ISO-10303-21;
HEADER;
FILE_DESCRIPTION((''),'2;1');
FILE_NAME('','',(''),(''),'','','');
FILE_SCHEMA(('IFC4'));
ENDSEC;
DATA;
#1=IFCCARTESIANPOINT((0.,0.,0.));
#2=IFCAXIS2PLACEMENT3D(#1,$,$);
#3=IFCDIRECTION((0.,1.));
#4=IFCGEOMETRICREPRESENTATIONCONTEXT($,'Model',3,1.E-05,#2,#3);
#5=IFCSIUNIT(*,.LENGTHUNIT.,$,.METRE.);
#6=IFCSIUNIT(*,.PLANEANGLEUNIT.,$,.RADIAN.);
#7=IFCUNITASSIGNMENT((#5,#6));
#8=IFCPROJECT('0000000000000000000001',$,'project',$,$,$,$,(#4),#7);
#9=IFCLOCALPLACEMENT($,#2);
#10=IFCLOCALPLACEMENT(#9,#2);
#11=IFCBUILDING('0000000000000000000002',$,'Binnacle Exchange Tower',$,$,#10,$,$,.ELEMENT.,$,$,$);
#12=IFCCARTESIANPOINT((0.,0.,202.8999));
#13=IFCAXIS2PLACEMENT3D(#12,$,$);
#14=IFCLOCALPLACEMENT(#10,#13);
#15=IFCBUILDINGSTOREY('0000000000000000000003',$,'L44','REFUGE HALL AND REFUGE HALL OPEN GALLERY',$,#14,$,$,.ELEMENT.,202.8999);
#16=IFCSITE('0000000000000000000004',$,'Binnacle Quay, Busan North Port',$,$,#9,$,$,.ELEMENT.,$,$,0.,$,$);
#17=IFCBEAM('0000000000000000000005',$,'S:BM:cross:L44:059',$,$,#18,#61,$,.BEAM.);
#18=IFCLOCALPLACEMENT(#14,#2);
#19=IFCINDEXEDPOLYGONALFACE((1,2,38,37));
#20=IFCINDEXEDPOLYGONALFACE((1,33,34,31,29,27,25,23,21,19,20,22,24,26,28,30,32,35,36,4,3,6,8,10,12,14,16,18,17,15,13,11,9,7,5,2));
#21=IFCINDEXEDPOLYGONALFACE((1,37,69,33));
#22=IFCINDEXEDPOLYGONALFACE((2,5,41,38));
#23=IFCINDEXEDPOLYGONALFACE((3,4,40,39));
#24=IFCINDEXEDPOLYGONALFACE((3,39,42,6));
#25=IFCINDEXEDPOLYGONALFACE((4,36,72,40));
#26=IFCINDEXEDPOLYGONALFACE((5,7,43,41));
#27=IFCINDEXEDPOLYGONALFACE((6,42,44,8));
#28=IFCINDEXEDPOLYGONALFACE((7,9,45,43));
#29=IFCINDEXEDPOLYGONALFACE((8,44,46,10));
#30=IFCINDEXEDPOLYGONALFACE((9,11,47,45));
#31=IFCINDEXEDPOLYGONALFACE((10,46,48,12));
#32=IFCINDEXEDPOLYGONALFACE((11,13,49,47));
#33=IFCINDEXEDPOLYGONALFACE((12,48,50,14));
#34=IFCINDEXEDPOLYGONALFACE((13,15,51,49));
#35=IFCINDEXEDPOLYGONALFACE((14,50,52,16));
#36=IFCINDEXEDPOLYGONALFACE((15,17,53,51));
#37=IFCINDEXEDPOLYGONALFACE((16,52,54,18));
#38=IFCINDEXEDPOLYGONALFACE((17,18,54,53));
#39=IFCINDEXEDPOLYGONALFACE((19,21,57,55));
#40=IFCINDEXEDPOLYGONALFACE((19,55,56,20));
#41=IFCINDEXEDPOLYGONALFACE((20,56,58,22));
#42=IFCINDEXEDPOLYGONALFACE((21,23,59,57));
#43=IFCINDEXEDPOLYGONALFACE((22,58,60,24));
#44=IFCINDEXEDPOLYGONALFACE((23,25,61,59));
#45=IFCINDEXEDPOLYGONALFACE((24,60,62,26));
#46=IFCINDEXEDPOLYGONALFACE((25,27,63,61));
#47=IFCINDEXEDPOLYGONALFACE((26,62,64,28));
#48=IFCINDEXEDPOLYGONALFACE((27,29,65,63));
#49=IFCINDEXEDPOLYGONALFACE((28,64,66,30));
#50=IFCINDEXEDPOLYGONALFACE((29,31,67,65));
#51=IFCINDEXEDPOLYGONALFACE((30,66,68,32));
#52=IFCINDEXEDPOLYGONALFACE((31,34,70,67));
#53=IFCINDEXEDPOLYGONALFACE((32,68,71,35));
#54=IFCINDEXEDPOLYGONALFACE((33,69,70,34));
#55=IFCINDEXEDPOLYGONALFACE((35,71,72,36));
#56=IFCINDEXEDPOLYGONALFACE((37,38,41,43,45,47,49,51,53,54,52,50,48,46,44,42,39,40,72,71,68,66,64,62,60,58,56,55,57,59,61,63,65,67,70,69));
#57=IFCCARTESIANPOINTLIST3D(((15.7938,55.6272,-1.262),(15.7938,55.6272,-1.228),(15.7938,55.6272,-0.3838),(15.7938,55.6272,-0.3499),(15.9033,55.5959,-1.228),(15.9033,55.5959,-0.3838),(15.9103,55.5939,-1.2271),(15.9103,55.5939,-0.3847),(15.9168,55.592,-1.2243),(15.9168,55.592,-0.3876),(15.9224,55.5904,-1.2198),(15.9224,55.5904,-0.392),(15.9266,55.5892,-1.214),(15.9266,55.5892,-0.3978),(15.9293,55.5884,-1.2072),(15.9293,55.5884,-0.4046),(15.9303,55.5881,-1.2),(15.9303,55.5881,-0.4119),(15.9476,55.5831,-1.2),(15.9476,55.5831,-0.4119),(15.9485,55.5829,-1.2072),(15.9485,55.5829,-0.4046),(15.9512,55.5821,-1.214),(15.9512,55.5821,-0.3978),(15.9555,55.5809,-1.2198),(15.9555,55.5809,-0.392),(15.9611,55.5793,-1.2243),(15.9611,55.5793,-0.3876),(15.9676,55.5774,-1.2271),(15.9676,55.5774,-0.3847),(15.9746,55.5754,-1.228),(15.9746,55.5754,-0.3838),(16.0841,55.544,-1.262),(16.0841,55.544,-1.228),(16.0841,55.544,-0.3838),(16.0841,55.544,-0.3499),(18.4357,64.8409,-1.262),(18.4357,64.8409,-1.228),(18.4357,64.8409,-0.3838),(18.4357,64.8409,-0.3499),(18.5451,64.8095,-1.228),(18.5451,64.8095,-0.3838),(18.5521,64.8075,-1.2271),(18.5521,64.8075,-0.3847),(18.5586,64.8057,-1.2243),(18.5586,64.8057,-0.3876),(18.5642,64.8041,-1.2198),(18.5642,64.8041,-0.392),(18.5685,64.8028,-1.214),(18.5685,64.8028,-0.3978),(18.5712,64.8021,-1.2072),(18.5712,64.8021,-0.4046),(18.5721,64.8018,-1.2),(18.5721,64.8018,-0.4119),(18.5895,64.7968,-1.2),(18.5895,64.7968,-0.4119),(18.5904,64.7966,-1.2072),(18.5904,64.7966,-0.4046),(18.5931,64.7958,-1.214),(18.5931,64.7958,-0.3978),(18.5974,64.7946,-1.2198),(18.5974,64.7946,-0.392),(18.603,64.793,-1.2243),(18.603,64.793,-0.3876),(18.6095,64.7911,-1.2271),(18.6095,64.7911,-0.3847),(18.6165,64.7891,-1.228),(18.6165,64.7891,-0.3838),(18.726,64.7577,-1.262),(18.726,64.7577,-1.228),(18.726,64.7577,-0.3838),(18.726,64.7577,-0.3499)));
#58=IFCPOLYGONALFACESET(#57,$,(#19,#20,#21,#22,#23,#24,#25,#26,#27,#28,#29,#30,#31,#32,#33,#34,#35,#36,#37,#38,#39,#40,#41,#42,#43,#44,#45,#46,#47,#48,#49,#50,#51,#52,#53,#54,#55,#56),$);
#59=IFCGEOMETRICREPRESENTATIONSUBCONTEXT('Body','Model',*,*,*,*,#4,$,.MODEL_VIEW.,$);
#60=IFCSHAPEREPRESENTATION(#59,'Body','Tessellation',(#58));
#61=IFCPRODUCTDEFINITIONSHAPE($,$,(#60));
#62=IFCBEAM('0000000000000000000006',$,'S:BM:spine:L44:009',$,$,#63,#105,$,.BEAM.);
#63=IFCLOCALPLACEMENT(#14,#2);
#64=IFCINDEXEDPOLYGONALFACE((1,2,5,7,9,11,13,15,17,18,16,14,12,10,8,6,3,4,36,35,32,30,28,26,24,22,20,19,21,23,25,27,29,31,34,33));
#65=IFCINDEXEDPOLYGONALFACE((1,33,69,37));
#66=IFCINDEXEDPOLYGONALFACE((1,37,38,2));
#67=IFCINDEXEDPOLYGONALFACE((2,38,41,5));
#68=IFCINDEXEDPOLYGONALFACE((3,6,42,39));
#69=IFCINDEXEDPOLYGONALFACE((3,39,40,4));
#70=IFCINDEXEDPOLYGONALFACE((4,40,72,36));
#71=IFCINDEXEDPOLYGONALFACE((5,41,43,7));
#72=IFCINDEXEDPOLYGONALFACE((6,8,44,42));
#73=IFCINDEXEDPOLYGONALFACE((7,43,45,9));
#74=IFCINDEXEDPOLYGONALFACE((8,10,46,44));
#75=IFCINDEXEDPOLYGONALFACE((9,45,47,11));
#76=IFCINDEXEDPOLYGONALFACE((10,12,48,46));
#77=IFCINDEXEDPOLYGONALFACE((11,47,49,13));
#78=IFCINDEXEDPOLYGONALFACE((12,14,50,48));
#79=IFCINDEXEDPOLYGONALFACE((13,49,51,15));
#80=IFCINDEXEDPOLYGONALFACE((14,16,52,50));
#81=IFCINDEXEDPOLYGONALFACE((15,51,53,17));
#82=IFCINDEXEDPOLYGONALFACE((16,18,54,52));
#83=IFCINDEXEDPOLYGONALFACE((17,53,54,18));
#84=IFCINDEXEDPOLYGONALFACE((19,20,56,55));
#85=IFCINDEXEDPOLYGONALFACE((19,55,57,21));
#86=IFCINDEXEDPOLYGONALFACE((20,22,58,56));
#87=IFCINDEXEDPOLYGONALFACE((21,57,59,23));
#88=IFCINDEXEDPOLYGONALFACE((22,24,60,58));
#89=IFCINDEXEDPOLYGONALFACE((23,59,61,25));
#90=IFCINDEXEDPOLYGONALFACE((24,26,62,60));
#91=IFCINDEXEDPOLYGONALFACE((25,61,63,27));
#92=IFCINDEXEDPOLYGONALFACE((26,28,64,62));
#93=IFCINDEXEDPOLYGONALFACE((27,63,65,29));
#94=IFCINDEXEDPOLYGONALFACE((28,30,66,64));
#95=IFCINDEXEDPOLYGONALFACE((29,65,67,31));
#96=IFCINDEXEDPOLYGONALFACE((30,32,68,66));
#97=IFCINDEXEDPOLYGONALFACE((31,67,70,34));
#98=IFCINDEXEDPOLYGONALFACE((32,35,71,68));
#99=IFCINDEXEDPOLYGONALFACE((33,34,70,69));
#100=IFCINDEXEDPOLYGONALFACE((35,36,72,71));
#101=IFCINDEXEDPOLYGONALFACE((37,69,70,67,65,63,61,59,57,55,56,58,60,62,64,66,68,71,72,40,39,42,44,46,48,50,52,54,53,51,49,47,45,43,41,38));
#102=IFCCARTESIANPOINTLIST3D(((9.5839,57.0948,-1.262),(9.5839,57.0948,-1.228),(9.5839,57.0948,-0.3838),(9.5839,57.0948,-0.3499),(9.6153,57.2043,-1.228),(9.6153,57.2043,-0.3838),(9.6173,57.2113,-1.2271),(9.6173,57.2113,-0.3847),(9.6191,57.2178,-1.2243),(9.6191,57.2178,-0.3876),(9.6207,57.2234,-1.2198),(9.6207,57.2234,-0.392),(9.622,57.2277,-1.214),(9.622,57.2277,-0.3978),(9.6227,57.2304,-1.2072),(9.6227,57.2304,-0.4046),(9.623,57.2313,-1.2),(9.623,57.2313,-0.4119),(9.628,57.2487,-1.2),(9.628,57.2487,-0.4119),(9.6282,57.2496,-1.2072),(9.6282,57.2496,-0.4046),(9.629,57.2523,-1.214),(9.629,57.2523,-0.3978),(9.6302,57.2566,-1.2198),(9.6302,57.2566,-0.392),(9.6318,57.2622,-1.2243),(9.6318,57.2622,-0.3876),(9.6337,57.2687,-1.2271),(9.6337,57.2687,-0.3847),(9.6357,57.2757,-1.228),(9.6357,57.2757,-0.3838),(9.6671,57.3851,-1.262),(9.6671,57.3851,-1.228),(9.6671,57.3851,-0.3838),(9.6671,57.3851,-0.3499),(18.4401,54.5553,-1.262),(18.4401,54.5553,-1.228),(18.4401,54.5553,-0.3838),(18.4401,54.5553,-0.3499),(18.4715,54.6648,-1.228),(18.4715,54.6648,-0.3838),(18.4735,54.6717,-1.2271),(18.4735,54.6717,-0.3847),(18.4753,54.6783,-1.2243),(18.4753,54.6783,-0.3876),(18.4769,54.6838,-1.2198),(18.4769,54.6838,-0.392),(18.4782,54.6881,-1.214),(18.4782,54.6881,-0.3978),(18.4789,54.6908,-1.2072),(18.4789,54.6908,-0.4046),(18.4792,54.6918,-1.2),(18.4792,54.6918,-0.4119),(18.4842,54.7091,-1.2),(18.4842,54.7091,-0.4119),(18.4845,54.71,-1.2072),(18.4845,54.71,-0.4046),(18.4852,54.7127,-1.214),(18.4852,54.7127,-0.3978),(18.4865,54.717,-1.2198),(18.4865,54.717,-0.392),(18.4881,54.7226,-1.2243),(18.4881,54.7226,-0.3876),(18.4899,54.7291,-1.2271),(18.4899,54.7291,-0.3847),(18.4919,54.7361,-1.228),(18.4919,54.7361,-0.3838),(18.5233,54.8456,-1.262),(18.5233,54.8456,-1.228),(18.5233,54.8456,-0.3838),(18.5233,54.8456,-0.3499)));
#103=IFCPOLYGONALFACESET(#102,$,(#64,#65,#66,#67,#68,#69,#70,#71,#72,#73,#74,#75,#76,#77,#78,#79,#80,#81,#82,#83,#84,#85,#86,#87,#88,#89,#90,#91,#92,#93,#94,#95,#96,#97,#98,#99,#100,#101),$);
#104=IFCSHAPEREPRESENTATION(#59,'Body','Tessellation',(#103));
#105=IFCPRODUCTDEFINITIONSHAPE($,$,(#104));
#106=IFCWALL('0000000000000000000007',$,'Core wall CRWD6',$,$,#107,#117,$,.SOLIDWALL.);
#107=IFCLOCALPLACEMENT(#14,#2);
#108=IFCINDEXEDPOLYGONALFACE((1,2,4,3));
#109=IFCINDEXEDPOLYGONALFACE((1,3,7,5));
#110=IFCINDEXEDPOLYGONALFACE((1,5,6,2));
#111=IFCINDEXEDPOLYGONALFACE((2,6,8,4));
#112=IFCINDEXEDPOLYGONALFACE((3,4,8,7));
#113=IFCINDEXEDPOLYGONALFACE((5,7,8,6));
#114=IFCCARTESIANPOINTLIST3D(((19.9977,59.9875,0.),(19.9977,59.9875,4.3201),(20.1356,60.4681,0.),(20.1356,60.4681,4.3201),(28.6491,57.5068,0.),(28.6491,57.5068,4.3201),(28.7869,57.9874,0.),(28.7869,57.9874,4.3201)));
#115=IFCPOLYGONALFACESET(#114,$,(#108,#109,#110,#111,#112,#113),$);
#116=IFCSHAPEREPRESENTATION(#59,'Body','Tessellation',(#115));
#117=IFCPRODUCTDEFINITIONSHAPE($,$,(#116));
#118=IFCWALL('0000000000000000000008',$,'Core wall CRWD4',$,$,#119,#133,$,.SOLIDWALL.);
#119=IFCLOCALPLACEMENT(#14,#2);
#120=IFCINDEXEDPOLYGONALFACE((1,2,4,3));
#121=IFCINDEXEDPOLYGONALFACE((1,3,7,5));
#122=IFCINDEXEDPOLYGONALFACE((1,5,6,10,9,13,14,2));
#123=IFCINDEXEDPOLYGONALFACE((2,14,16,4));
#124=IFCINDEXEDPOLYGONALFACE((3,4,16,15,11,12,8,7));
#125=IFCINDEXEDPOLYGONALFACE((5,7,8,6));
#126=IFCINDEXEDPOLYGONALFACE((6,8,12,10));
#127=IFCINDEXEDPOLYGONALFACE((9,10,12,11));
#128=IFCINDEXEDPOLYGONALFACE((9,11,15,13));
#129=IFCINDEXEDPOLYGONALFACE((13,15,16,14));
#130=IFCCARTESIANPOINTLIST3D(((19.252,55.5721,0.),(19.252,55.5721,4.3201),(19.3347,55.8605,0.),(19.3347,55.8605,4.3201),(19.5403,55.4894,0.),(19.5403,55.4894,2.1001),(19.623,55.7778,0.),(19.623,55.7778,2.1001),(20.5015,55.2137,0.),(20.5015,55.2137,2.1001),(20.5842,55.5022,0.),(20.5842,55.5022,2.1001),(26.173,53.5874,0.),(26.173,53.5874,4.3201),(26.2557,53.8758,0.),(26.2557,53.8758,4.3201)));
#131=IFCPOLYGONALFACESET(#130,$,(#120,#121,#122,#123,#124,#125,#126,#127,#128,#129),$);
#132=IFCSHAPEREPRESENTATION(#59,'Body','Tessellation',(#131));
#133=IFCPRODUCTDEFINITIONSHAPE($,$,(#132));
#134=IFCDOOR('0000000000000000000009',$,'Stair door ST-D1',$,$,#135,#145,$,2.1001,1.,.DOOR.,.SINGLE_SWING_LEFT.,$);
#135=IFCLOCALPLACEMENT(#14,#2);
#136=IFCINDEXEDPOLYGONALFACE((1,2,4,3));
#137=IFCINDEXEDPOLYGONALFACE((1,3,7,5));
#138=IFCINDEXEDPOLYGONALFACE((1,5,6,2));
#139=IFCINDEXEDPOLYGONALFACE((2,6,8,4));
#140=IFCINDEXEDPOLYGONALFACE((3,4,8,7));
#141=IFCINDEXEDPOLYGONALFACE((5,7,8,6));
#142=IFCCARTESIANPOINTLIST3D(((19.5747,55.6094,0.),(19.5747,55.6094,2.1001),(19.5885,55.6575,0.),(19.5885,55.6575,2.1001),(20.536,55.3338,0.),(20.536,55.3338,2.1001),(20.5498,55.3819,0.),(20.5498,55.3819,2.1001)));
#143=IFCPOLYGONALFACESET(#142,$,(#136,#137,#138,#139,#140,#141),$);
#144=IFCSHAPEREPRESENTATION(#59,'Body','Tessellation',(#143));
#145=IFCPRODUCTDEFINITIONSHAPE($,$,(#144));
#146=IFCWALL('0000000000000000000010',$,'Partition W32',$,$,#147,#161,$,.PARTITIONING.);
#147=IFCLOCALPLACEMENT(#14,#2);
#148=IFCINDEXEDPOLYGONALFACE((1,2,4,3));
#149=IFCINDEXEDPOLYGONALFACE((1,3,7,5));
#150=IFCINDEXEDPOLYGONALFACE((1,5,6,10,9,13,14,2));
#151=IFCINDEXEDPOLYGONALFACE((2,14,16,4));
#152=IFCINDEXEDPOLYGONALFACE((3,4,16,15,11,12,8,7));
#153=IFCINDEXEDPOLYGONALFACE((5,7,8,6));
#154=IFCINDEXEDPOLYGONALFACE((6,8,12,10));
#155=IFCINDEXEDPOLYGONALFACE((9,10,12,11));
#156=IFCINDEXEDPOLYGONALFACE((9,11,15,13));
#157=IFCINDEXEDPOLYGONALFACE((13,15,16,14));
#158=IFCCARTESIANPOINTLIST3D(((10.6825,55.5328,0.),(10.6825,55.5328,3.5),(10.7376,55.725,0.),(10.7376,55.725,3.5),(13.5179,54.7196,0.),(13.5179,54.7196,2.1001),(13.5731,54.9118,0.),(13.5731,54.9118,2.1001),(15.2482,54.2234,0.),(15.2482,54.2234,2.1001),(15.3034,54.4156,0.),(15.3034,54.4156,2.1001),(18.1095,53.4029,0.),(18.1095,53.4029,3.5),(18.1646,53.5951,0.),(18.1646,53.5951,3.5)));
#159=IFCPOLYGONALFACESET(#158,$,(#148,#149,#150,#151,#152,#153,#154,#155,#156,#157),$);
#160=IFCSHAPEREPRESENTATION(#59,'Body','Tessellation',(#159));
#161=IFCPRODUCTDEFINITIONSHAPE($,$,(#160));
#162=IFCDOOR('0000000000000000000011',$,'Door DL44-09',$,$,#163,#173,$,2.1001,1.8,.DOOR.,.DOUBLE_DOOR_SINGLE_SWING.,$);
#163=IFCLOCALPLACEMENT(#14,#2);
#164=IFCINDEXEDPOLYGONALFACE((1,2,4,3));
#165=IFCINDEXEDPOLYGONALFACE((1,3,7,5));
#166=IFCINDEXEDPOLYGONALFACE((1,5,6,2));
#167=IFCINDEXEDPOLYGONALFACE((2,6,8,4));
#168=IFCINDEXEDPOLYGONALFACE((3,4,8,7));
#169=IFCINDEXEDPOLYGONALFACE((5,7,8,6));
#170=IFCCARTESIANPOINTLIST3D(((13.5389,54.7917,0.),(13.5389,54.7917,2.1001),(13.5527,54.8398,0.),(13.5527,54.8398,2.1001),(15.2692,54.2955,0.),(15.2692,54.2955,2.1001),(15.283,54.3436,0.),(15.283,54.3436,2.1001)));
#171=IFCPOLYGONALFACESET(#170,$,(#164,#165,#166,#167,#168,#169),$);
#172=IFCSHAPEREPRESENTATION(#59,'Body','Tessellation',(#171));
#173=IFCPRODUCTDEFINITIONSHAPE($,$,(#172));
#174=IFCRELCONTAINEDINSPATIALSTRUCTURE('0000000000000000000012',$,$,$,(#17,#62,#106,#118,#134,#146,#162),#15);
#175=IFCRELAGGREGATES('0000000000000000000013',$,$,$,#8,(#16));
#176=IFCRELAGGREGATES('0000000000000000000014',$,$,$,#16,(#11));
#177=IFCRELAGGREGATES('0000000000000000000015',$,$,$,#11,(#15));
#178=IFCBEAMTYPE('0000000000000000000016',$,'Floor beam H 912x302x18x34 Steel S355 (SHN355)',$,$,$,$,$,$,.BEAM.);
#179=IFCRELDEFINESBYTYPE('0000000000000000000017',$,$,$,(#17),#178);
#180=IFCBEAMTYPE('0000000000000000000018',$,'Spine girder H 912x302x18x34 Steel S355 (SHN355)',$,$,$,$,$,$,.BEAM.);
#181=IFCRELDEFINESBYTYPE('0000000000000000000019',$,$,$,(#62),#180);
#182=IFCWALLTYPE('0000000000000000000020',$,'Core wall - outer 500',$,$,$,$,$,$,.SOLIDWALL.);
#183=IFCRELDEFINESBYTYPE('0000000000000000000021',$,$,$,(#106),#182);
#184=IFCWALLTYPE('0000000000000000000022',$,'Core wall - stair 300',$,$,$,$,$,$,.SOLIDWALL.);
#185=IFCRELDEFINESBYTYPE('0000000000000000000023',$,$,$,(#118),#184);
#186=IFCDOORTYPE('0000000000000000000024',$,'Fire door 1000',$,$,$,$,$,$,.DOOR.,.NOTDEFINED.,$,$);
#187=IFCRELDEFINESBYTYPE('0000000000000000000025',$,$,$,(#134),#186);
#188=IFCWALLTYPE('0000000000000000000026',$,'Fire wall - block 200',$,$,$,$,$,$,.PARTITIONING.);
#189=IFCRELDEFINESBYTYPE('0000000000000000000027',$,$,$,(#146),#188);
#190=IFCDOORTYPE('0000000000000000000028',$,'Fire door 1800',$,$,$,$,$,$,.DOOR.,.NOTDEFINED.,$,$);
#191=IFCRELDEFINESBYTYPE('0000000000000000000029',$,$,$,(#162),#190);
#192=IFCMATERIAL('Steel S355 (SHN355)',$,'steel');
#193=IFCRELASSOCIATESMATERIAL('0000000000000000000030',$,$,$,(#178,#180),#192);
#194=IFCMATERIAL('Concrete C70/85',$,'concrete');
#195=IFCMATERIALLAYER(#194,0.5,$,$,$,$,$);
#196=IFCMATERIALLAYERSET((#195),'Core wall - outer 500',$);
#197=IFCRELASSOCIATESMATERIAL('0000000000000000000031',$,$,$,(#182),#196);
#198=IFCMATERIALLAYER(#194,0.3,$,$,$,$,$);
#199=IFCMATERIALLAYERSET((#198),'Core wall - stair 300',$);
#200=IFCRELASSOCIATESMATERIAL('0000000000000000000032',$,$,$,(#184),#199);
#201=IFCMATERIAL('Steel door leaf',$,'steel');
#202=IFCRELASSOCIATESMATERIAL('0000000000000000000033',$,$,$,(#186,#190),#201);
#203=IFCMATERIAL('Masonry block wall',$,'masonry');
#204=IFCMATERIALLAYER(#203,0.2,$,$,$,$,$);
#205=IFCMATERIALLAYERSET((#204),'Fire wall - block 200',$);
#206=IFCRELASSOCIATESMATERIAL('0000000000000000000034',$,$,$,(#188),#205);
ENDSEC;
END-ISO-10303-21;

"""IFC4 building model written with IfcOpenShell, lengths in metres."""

from ifc_helpers import new_model, si_unit, direction, frame, frame_2d, origin, origin_2d, place, context, subcontext, project, spatial, rectangle, i_section, extrude, material, layer, layer_set, material_profile, profile_set, type_object, element, fill, save


model = new_model("IFC4")

# Units and contexts
model_context = context("Model", 3, precision=1e-05, world=origin(), true_north=direction((0.0, 1.0)))
body_context = subcontext(model_context, "Body", "Model", "MODEL_VIEW")
ifc_project = project(units=[si_unit("LENGTHUNIT", "METRE"), si_unit("PLANEANGLEUNIT", "RADIAN")], contexts=[model_context])

# Site, building, storey
site_placement = place(None, origin())
site = spatial("IfcSite", under=ifc_project, at=site_placement, Name="Binnacle Quay, Busan North Port", CompositionType="ELEMENT", RefElevation=0.0)
building_placement = place(site_placement, origin())
building = spatial("IfcBuilding", under=site, at=building_placement, Name="Binnacle Exchange Tower", CompositionType="ELEMENT")
storey_placement = place(building_placement, frame((0.0, 0.0, 202.8999)))
storey = spatial("IfcBuildingStorey", under=building, at=storey_placement, Name="L44", Description="REFUGE HALL AND REFUGE HALL OPEN GALLERY", CompositionType="ELEMENT", Elevation=202.8999)

# Shared definitions
ifc_material_1 = material(Name="Concrete C70/85", Category="concrete")

# Beams
ifc_material_2 = material(Name="Steel S355 (SHN355)", Category="steel")
ifc_material_profile_1 = material_profile(ifc_material_2, i_section(OverallWidth=0.302, OverallDepth=0.9121, WebThickness=0.0181, FlangeThickness=0.0339, FilletRadius=0.0281, at=origin_2d()), Name="H 912x302x18x34")
ifc_profile_set_1 = profile_set([ifc_material_profile_1], Name="Steel S355 (SHN355)")
beam_type_1 = type_object("IfcBeamType", Name="Floor beam H 912x302x18x34 Steel S355 (SHN355)", PredefinedType="BEAM", material=ifc_profile_set_1)
beam_1_placement = place(storey_placement, frame((18.5808, 64.7993, -0.8059), z_axis=(-0.275626, -0.961265, 0.0), x_axis=(0.961265, -0.275626, 0.0)))
element("IfcBeam", 1, at=beam_1_placement, inside=storey, type_object=beam_type_1, Name="S:BM:cross:L44:059", PredefinedType="BEAM", context=body_context, shape_type="SweptSolid", body=[
    extrude(i_section(OverallWidth=0.302, OverallDepth=0.9121, WebThickness=0.0181, FlangeThickness=0.0339, FilletRadius=0.0281, at=origin_2d()), origin(), (0.0, 0.0, 1.0), 9.585),
])
ifc_material_profile_2 = material_profile(ifc_material_2, i_section(OverallWidth=0.302, OverallDepth=0.9121, WebThickness=0.0181, FlangeThickness=0.0339, FilletRadius=0.0281, at=origin_2d()), Name="H 912x302x18x34")
ifc_profile_set_2 = profile_set([ifc_material_profile_2], Name="Steel S355 (SHN355)")
beam_type_2 = type_object("IfcBeamType", Name="Spine girder H 912x302x18x34 Steel S355 (SHN355)", PredefinedType="BEAM", material=ifc_profile_set_2)
beam_2_placement = place(storey_placement, frame((9.6255, 57.24, -0.8059), z_axis=(0.96126, -0.275645, 0.0), x_axis=(0.275645, 0.96126, 0.0)))
element("IfcBeam", 2, at=beam_2_placement, inside=storey, type_object=beam_type_2, Name="S:BM:spine:L44:009", PredefinedType="BEAM", context=body_context, shape_type="SweptSolid", body=[
    extrude(i_section(OverallWidth=0.302, OverallDepth=0.9121, WebThickness=0.0181, FlangeThickness=0.0339, FilletRadius=0.0281, at=origin_2d()), origin(), (0.0, 0.0, 1.0), 9.2131),
])

# Wall
ifc_layer_1 = layer(ifc_material_1, 0.5)
ifc_layer_set_1 = layer_set([ifc_layer_1], Name="Core wall - outer 500")
wall_type_1 = type_object("IfcWallType", Name="Core wall - outer 500", PredefinedType="SOLIDWALL", material=ifc_layer_set_1)
wall_1_placement = place(storey_placement, frame((20.0667, 60.2278, 0.0), z_axis=(0.0, 0.0, 1.0), x_axis=(0.961262, -0.275635, 0.0)))
element("IfcWall", 3, at=wall_1_placement, inside=storey, type_object=wall_type_1, Name="Core wall CRWD6", PredefinedType="SOLIDWALL", context=body_context, shape_type="SweptSolid", body=[
    extrude(rectangle(XDim=9.0, YDim=0.5, at=frame_2d((4.5, 0.0))), origin(), (0.0, 0.0, 1.0), 4.3201),
])

# Walls, openings, doors
ifc_layer_2 = layer(ifc_material_1, 0.3)
ifc_layer_set_2 = layer_set([ifc_layer_2], Name="Core wall - stair 300")
wall_type_2 = type_object("IfcWallType", Name="Core wall - stair 300", PredefinedType="SOLIDWALL", material=ifc_layer_set_2)
wall_2_placement = place(storey_placement, frame((19.2932, 55.7163, 0.0), z_axis=(0.0, 0.0, 1.0), x_axis=(0.961259, -0.275648, 0.0)))
wall_2 = element("IfcWall", 4, at=wall_2_placement, inside=storey, type_object=wall_type_2, Name="Core wall CRWD4", PredefinedType="SOLIDWALL", context=body_context, shape_type="SweptSolid", body=[
    extrude(rectangle(XDim=7.2, YDim=0.3, at=frame_2d((3.6001, 0.0))), origin(), (0.0, 0.0, 1.0), 4.3201),
])
opening_1_placement = place(wall_2_placement, frame((0.3, 0.0, 0.0)))
opening_1 = element("IfcOpeningElement", 5, at=opening_1_placement, cuts=wall_2, PredefinedType="OPENING", context=body_context, shape_type="SweptSolid", body=[
    extrude(rectangle(XDim=1.0, YDim=2.1001, at=frame_2d((0.5, 1.05))), frame((0.0, 0.1599, 0.0), z_axis=(0.0, -1.0, 0.0), x_axis=(1.0, 0.0, 0.0)), (0.0, 0.0, 1.0), 0.3201),
])
ifc_material_3 = material(Name="Steel door leaf", Category="steel")
door_type_1 = type_object("IfcDoorType", Name="Fire door 1000", OperationType="NOTDEFINED", PredefinedType="DOOR", material=ifc_material_3)
door_1_placement = place(opening_1_placement, origin())
door_1 = element("IfcDoor", 6, at=door_1_placement, inside=storey, type_object=door_type_1, Name="Stair door ST-D1", OperationType="SINGLE_SWING_LEFT", OverallHeight=2.1001, OverallWidth=1.0, PredefinedType="DOOR", context=body_context, shape_type="SweptSolid", body=[
    extrude(rectangle(XDim=1.0, YDim=2.1001, at=frame_2d((0.5, 1.05))), frame((0.0, 0.0249, 0.0), z_axis=(0.0, -1.0, 0.0), x_axis=(1.0, 0.0, 0.0)), (0.0, 0.0, 1.0), 0.05),
])
fill(opening_1, door_1)
ifc_material_4 = material(Name="Masonry block wall", Category="masonry")
ifc_layer_3 = layer(ifc_material_4, 0.2)
ifc_layer_set_3 = layer_set([ifc_layer_3], Name="Fire wall - block 200")
wall_type_3 = type_object("IfcWallType", Name="Fire wall - block 200", PredefinedType="PARTITIONING", material=ifc_layer_set_3)
wall_3_placement = place(storey_placement, frame((10.71, 55.6289, 0.0), z_axis=(0.0, 0.0, 1.0), x_axis=(0.961254, -0.275664, 0.0)))
wall_3 = element("IfcWall", 7, at=wall_3_placement, inside=storey, type_object=wall_type_3, Name="Partition W32", PredefinedType="PARTITIONING", context=body_context, shape_type="SweptSolid", body=[
    extrude(rectangle(XDim=7.7263, YDim=0.2, at=frame_2d((3.8633, 0.0))), origin(), (0.0, 0.0, 1.0), 3.5),
])
opening_2_placement = place(wall_3_placement, frame((2.95, 0.0, 0.0)))
opening_2 = element("IfcOpeningElement", 8, at=opening_2_placement, cuts=wall_3, PredefinedType="OPENING", context=body_context, shape_type="SweptSolid", body=[
    extrude(rectangle(XDim=1.8, YDim=2.1001, at=frame_2d((0.8999, 1.05))), frame((0.0, 0.1099, 0.0), z_axis=(0.0, -1.0, 0.0), x_axis=(1.0, 0.0, 0.0)), (0.0, 0.0, 1.0), 0.22),
])
door_type_2 = type_object("IfcDoorType", Name="Fire door 1800", OperationType="NOTDEFINED", PredefinedType="DOOR", material=ifc_material_3)
door_2_placement = place(opening_2_placement, frame((1.8, 0.0, 0.0), z_axis=(0.0, 0.0, 1.0), x_axis=(-1.0, 0.0, 0.0)))
door_2 = element("IfcDoor", 9, at=door_2_placement, inside=storey, type_object=door_type_2, Name="Door DL44-09", OperationType="DOUBLE_DOOR_SINGLE_SWING", OverallHeight=2.1001, OverallWidth=1.8, PredefinedType="DOOR", context=body_context, shape_type="SweptSolid", body=[
    extrude(rectangle(XDim=1.8, YDim=2.1001, at=frame_2d((0.8999, 1.05))), frame((0.0, 0.0249, 0.0), z_axis=(0.0, -1.0, 0.0), x_axis=(1.0, 0.0, 0.0)), (0.0, 0.0, 1.0), 0.05),
])
fill(opening_2, door_2)

save(model, "model.ifc")
